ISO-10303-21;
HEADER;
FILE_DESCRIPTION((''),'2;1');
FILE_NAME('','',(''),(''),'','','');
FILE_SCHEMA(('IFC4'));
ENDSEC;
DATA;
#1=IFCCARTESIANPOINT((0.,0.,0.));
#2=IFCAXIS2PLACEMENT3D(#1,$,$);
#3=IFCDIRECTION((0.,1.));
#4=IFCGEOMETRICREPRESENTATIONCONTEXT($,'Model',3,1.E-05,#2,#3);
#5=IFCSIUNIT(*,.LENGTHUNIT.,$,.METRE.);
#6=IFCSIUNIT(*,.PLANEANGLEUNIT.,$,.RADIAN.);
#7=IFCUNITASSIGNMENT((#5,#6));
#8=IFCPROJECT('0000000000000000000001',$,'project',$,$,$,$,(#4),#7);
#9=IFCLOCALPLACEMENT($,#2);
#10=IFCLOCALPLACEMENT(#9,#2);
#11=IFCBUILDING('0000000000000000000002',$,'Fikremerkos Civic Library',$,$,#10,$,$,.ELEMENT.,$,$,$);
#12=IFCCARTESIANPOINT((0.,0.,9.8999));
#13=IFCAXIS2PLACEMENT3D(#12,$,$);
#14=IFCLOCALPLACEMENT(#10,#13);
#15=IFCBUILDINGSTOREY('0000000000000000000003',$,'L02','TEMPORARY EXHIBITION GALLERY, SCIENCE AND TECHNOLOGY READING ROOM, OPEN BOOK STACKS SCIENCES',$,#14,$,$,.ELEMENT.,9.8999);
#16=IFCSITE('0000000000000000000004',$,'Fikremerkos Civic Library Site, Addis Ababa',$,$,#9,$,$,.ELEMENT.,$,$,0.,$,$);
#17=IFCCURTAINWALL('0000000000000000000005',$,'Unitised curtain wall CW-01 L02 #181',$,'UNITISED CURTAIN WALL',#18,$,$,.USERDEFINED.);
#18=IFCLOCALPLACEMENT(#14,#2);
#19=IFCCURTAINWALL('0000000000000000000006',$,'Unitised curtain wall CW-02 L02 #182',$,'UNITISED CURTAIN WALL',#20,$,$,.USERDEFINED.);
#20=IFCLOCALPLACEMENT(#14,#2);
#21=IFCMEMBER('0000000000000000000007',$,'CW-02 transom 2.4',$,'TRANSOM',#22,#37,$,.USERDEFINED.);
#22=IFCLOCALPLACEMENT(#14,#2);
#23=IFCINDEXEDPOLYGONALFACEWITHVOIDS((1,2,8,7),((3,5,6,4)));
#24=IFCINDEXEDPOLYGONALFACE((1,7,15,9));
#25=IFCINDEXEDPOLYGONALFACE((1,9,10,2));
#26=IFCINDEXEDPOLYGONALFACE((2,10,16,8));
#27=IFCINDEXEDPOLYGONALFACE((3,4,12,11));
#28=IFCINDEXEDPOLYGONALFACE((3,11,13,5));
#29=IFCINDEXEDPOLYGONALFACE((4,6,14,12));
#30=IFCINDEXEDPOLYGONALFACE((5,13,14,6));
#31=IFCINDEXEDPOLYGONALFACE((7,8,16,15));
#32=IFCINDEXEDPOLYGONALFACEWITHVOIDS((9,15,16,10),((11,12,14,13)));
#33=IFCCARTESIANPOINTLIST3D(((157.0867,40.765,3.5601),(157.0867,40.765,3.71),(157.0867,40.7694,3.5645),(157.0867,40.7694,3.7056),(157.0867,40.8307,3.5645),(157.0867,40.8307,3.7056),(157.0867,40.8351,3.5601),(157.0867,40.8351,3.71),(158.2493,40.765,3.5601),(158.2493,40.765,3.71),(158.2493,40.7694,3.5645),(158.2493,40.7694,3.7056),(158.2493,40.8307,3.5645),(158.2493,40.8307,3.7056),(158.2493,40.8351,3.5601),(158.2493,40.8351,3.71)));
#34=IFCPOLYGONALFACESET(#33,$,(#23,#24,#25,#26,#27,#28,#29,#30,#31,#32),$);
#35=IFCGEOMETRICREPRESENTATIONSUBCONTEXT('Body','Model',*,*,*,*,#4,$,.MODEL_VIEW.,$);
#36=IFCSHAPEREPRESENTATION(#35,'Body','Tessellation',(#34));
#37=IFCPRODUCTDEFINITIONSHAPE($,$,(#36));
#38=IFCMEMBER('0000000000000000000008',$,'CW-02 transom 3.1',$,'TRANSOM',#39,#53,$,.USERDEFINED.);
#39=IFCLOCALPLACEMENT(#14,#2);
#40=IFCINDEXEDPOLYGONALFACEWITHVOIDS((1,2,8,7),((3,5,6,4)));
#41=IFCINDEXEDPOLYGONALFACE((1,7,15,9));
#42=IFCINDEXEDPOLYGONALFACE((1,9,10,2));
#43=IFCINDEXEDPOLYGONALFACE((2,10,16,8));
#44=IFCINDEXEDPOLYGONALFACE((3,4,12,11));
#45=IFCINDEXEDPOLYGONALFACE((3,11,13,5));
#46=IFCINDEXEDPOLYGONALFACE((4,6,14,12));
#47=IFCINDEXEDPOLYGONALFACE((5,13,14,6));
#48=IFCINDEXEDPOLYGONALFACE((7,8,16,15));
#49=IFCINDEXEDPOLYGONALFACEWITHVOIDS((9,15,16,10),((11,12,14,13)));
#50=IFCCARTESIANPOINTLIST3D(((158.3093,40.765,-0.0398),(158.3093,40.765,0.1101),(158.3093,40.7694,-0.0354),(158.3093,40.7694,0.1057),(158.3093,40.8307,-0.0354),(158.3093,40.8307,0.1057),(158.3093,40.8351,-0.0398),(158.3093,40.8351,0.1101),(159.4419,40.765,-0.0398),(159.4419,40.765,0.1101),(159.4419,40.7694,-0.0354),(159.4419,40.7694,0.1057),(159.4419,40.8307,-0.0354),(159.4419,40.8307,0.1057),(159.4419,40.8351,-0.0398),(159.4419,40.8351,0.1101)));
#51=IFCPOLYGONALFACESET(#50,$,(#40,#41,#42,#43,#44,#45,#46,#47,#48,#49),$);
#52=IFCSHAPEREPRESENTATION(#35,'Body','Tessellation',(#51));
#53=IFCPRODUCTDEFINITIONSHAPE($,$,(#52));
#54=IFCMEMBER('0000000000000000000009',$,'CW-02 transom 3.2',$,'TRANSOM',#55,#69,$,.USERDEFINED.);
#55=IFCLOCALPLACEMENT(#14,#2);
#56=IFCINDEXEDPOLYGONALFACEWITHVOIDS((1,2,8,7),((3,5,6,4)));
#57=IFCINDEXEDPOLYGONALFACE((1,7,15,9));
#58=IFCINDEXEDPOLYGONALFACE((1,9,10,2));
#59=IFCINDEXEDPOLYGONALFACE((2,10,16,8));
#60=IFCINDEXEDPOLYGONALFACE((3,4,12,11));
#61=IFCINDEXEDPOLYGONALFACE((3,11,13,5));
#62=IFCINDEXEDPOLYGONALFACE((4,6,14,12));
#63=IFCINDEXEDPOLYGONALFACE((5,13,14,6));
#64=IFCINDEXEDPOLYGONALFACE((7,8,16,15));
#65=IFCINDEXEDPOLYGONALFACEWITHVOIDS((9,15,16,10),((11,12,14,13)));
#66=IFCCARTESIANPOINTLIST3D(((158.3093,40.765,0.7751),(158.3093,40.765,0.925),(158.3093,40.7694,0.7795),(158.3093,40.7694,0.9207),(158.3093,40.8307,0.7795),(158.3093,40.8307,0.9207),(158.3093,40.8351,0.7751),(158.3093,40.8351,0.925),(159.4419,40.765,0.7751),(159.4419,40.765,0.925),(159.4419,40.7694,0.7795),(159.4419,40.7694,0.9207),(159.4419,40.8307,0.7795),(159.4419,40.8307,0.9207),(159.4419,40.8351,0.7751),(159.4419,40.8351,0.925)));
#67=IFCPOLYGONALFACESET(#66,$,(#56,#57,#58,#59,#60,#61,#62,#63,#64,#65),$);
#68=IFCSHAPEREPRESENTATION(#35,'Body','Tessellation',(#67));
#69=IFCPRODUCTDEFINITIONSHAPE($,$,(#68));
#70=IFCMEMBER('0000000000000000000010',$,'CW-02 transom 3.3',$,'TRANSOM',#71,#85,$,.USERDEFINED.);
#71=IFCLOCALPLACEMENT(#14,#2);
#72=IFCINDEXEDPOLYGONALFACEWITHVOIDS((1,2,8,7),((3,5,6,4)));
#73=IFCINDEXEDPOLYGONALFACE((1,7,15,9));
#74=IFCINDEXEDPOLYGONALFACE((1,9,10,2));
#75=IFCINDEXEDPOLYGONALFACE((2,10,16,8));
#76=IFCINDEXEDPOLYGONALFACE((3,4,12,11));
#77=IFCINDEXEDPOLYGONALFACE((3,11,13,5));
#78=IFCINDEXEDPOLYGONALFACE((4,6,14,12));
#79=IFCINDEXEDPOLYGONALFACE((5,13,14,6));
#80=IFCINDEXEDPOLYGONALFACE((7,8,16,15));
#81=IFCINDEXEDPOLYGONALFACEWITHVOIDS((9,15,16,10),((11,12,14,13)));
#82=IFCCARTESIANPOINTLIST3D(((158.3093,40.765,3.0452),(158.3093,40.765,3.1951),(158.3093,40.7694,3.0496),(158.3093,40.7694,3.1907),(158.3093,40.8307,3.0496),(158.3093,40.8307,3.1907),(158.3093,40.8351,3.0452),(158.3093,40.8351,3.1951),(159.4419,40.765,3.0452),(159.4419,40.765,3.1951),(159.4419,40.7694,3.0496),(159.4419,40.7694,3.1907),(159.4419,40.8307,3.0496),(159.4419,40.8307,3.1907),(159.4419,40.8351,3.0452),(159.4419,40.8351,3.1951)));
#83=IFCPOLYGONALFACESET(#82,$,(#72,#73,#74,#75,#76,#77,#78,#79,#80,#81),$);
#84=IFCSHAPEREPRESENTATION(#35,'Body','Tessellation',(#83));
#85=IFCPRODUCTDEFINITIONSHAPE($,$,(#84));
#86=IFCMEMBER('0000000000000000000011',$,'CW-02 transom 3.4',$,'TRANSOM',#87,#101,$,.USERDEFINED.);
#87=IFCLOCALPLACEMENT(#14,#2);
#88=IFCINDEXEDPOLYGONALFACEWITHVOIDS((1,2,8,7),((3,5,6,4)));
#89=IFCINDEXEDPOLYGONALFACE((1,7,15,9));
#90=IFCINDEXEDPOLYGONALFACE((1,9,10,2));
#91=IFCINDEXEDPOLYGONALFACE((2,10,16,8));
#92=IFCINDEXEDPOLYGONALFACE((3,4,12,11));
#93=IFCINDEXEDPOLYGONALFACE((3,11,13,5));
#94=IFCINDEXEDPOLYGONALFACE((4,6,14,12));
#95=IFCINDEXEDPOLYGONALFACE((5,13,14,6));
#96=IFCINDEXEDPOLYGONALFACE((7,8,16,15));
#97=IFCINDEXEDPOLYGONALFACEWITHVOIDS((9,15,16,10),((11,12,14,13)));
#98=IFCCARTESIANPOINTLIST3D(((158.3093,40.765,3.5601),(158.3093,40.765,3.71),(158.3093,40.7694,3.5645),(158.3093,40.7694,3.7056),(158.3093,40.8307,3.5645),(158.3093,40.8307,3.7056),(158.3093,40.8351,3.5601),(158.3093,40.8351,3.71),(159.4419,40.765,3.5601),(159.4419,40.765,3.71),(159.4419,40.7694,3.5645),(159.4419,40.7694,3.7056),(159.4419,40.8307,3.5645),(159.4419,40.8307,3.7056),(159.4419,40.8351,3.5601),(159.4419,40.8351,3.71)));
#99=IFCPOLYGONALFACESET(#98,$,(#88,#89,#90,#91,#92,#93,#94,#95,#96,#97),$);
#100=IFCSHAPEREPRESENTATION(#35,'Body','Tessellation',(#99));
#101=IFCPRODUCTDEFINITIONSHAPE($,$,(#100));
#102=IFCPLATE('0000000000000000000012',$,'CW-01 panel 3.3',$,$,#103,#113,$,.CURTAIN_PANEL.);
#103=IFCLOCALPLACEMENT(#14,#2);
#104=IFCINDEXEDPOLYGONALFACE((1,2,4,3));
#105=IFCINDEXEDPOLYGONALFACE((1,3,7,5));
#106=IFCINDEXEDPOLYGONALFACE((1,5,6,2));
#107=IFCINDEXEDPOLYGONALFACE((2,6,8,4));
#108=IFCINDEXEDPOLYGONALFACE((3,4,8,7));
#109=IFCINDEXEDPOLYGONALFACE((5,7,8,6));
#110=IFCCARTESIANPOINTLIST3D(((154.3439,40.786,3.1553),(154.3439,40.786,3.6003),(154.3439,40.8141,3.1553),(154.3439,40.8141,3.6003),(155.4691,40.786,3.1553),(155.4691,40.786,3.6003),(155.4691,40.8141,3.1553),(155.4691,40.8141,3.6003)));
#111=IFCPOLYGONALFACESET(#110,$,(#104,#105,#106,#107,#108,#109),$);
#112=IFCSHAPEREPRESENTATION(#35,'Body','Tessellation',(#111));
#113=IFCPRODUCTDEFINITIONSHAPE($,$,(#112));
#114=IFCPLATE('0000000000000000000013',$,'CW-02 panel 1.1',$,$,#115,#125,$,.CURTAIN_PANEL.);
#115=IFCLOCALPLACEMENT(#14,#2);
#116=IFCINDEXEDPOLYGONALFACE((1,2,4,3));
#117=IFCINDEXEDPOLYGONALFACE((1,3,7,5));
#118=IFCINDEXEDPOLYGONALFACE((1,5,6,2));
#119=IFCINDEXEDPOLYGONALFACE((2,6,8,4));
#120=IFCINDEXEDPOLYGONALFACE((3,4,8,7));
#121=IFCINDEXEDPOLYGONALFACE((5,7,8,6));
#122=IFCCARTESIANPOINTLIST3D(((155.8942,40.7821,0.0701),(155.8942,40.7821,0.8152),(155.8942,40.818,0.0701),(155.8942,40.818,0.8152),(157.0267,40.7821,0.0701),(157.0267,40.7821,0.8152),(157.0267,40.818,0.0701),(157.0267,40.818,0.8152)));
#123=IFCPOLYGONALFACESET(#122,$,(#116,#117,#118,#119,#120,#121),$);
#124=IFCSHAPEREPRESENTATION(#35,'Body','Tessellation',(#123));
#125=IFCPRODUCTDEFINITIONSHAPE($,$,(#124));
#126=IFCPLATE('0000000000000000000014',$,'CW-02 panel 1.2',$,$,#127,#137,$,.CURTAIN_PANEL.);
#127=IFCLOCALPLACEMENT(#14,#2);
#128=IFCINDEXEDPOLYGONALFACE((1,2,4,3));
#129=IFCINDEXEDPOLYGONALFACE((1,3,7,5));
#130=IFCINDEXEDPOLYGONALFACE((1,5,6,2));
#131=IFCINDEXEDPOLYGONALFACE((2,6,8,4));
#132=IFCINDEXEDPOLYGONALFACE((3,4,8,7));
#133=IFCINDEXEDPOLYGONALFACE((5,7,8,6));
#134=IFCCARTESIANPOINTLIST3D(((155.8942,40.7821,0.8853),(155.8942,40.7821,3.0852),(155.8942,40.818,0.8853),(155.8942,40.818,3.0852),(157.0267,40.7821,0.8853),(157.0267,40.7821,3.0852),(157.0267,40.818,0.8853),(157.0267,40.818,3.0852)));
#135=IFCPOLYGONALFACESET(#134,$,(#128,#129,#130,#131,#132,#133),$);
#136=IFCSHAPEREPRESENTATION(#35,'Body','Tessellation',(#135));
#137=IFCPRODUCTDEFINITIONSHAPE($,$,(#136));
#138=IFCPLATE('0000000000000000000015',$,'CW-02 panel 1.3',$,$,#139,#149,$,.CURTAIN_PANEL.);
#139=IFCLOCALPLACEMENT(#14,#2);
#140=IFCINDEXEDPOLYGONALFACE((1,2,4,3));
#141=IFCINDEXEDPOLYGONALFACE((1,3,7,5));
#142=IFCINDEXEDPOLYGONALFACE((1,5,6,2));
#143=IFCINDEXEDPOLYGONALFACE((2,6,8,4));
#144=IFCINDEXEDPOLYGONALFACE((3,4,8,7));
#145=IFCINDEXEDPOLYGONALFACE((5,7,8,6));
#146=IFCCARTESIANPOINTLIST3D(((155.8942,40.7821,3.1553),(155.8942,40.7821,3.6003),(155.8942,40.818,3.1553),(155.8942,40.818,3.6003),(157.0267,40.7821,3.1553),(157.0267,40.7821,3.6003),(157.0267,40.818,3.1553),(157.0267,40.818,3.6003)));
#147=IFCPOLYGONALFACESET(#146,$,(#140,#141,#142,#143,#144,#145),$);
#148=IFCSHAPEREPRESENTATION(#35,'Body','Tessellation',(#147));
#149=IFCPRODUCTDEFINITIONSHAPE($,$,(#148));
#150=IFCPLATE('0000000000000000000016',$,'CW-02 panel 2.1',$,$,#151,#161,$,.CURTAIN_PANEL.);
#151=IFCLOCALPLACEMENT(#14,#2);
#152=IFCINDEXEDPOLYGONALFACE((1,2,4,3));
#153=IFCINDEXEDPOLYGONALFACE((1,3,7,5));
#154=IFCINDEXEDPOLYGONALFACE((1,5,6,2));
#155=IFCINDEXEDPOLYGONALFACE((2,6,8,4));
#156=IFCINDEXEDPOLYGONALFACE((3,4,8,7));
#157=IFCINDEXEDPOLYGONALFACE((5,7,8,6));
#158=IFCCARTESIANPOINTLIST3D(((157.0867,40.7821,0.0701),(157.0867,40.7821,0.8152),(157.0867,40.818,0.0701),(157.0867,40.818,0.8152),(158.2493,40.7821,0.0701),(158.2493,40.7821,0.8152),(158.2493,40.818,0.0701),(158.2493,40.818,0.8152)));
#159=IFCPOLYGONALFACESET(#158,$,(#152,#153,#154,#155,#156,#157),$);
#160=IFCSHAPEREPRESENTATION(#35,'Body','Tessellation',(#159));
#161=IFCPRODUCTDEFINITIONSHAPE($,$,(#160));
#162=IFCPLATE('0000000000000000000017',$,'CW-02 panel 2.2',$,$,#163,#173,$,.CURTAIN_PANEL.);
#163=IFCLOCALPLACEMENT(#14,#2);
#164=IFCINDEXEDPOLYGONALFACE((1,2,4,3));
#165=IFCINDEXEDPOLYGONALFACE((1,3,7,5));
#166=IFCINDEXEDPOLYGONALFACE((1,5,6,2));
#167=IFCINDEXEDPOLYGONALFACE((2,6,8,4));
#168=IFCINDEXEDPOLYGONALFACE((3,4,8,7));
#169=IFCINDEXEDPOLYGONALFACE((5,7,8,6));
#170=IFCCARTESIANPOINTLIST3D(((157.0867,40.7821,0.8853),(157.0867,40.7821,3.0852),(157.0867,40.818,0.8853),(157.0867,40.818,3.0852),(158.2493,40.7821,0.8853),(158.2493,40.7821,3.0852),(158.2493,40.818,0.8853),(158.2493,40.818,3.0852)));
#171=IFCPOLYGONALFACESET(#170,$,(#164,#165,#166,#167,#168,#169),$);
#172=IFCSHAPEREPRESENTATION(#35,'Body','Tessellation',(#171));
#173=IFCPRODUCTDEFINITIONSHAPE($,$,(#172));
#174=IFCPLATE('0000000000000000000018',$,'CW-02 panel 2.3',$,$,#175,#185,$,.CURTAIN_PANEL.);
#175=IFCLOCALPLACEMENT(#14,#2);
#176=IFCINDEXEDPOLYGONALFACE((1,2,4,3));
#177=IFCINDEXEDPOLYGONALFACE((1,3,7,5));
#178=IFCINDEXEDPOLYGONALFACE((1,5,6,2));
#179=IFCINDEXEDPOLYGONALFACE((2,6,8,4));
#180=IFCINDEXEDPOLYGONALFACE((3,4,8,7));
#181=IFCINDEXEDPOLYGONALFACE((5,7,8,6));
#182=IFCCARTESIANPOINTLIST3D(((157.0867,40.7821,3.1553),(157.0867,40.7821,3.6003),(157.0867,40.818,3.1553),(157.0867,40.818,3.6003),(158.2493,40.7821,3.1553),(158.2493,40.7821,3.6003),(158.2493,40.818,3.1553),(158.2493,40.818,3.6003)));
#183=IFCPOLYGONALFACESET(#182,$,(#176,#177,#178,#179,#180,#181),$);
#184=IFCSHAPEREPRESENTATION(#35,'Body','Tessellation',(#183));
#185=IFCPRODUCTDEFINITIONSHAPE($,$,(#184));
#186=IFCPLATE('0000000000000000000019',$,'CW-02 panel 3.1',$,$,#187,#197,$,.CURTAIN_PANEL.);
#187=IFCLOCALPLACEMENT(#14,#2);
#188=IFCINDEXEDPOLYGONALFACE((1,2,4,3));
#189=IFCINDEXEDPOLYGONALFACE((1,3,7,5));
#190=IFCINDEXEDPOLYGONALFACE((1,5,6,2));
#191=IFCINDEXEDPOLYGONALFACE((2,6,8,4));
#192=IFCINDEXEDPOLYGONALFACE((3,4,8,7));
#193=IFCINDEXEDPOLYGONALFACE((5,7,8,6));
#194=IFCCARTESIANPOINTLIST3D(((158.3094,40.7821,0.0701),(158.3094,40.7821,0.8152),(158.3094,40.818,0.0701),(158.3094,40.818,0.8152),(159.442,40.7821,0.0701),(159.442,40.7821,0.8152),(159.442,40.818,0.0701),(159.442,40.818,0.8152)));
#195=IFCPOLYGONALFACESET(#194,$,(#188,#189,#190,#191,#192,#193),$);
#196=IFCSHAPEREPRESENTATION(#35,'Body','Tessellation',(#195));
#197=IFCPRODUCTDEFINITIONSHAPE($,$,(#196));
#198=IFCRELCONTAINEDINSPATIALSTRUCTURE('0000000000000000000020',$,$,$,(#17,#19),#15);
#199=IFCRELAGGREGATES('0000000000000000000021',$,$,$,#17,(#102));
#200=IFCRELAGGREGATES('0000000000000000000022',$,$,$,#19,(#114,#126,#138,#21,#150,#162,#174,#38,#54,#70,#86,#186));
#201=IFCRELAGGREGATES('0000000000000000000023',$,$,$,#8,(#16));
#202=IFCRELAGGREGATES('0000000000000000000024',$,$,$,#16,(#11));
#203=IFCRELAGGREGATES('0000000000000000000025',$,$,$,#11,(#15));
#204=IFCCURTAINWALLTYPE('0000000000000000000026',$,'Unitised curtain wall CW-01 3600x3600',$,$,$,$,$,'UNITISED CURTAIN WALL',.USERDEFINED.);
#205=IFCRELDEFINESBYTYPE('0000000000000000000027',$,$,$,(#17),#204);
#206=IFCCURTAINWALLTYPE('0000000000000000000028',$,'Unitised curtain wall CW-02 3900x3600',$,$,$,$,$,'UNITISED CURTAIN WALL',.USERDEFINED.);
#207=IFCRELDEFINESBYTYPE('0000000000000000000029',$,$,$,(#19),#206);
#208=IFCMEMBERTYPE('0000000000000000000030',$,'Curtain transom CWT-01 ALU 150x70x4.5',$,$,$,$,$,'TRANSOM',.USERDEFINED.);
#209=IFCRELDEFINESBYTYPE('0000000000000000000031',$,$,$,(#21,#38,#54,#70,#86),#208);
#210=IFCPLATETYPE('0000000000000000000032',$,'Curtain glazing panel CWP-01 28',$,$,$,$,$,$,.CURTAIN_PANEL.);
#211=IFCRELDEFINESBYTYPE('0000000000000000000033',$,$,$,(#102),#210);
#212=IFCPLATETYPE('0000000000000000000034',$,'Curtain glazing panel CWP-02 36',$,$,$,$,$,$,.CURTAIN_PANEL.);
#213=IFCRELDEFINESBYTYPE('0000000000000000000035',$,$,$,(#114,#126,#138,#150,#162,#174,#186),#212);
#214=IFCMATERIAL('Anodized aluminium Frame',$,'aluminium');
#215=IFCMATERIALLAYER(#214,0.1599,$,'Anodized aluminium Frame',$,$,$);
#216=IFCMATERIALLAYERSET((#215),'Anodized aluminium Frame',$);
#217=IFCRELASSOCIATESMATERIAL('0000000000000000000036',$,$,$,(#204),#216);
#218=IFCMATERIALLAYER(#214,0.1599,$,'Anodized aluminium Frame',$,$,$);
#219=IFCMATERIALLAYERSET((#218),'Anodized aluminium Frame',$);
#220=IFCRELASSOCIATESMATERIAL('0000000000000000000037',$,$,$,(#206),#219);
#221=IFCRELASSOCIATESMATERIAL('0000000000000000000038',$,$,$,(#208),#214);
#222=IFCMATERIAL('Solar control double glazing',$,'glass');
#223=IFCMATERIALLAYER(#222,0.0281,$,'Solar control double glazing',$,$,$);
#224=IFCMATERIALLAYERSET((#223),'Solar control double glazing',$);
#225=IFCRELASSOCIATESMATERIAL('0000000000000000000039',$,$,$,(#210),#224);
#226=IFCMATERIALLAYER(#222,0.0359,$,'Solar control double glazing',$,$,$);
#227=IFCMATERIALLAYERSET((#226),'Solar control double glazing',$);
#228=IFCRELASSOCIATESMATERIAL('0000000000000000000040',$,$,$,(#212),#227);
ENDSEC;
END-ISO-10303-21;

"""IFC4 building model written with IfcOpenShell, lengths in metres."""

from ifc_helpers import new_model, si_unit, direction, frame, origin, origin_2d, place, context, subcontext, project, spatial, rectangle, hollow_rectangle, extrude, material, layer, layer_set, material_profile, profile_set, type_object, element, aggregate, save


model = new_model("IFC4")

# Units and contexts
model_context = context("Model", 3, precision=1e-05, world=origin(), true_north=direction((0.0, 1.0)))
body_context = subcontext(model_context, "Body", "Model", "MODEL_VIEW")
ifc_project = project(units=[si_unit("LENGTHUNIT", "METRE"), si_unit("PLANEANGLEUNIT", "RADIAN")], contexts=[model_context])

# Site, building, storey
site_placement = place(None, origin())
site = spatial("IfcSite", under=ifc_project, at=site_placement, Name="Fikremerkos Civic Library Site, Addis Ababa", CompositionType="ELEMENT", RefElevation=0.0)
building_placement = place(site_placement, origin())
building = spatial("IfcBuilding", under=site, at=building_placement, Name="Fikremerkos Civic Library", CompositionType="ELEMENT")
storey_placement = place(building_placement, frame((0.0, 0.0, 9.8999)))
storey = spatial("IfcBuildingStorey", under=building, at=storey_placement, Name="L02", Description="TEMPORARY EXHIBITION GALLERY, SCIENCE AND TECHNOLOGY READING ROOM, OPEN BOOK STACKS SCIENCES", CompositionType="ELEMENT", Elevation=9.8999)

# Curtain wall
ifc_material_1 = material(Name="Anodized aluminium Frame", Category="aluminium")
ifc_layer_1 = layer(ifc_material_1, 0.1599, Name="Anodized aluminium Frame")
ifc_layer_set_1 = layer_set([ifc_layer_1], Name="Anodized aluminium Frame")
curtain_wall_type_1 = type_object("IfcCurtainWallType", Name="Unitised curtain wall CW-01 3600x3600", ElementType="UNITISED CURTAIN WALL", PredefinedType="USERDEFINED", material=ifc_layer_set_1)
curtain_wall_1_placement = place(storey_placement, origin())
curtain_wall_1 = element("IfcCurtainWall", 1, at=curtain_wall_1_placement, inside=storey, type_object=curtain_wall_type_1, Name="Unitised curtain wall CW-01 L02 #181", ObjectType="UNITISED CURTAIN WALL", PredefinedType="USERDEFINED")

# Curtain wall, members
ifc_layer_2 = layer(ifc_material_1, 0.1599, Name="Anodized aluminium Frame")
ifc_layer_set_2 = layer_set([ifc_layer_2], Name="Anodized aluminium Frame")
curtain_wall_type_2 = type_object("IfcCurtainWallType", Name="Unitised curtain wall CW-02 3900x3600", ElementType="UNITISED CURTAIN WALL", PredefinedType="USERDEFINED", material=ifc_layer_set_2)
curtain_wall_2_placement = place(storey_placement, origin())
curtain_wall_2 = element("IfcCurtainWall", 2, at=curtain_wall_2_placement, inside=storey, type_object=curtain_wall_type_2, Name="Unitised curtain wall CW-02 L02 #182", ObjectType="UNITISED CURTAIN WALL", PredefinedType="USERDEFINED")
ifc_material_profile_1 = material_profile(ifc_material_1, hollow_rectangle(XDim=0.0701, YDim=0.1499, WallThickness=0.0044, at=origin_2d()), Name="ALU 150x70x4.5")
ifc_profile_set_1 = profile_set([ifc_material_profile_1], Name="Anodized aluminium Frame")
member_type_1 = type_object("IfcMemberType", Name="Curtain transom CWT-01 ALU 150x70x4.5", ElementType="TRANSOM", PredefinedType="USERDEFINED", material=ifc_profile_set_1)
member_1_placement = place(storey_placement, frame((157.0867, 40.8, 3.635), z_axis=(1.0, 0.0, 0.0), x_axis=(0.0, 1.0, 0.0)))
member_1 = element("IfcMember", 3, at=member_1_placement, type_object=member_type_1, Name="CW-02 transom 2.4", ObjectType="TRANSOM", PredefinedType="USERDEFINED", context=body_context, shape_type="SweptSolid", body=[
    extrude(hollow_rectangle(XDim=0.0701, YDim=0.1499, WallThickness=0.0044, at=origin_2d()), origin(), (0.0, 0.0, 1.0), 1.1626),
])
member_2_placement = place(storey_placement, frame((158.3093, 40.8, 0.0352), z_axis=(1.0, 0.0, 0.0), x_axis=(0.0, 1.0, 0.0)))
member_2 = element("IfcMember", 4, at=member_2_placement, type_object=member_type_1, Name="CW-02 transom 3.1", ObjectType="TRANSOM", PredefinedType="USERDEFINED", context=body_context, shape_type="SweptSolid", body=[
    extrude(hollow_rectangle(XDim=0.0701, YDim=0.1499, WallThickness=0.0044, at=origin_2d()), origin(), (0.0, 0.0, 1.0), 1.1326),
])
member_3_placement = place(storey_placement, frame((158.3093, 40.8, 0.8501), z_axis=(1.0, 0.0, 0.0), x_axis=(0.0, 1.0, 0.0)))
member_3 = element("IfcMember", 5, at=member_3_placement, type_object=member_type_1, Name="CW-02 transom 3.2", ObjectType="TRANSOM", PredefinedType="USERDEFINED", context=body_context, shape_type="SweptSolid", body=[
    extrude(hollow_rectangle(XDim=0.0701, YDim=0.1499, WallThickness=0.0044, at=origin_2d()), origin(), (0.0, 0.0, 1.0), 1.1326),
])
member_4_placement = place(storey_placement, frame((158.3093, 40.8, 3.1201), z_axis=(1.0, 0.0, 0.0), x_axis=(0.0, 1.0, 0.0)))
member_4 = element("IfcMember", 6, at=member_4_placement, type_object=member_type_1, Name="CW-02 transom 3.3", ObjectType="TRANSOM", PredefinedType="USERDEFINED", context=body_context, shape_type="SweptSolid", body=[
    extrude(hollow_rectangle(XDim=0.0701, YDim=0.1499, WallThickness=0.0044, at=origin_2d()), origin(), (0.0, 0.0, 1.0), 1.1326),
])
member_5_placement = place(storey_placement, frame((158.3093, 40.8, 3.635), z_axis=(1.0, 0.0, 0.0), x_axis=(0.0, 1.0, 0.0)))
member_5 = element("IfcMember", 7, at=member_5_placement, type_object=member_type_1, Name="CW-02 transom 3.4", ObjectType="TRANSOM", PredefinedType="USERDEFINED", context=body_context, shape_type="SweptSolid", body=[
    extrude(hollow_rectangle(XDim=0.0701, YDim=0.1499, WallThickness=0.0044, at=origin_2d()), origin(), (0.0, 0.0, 1.0), 1.1326),
])

# Plates
ifc_material_2 = material(Name="Solar control double glazing", Category="glass")
ifc_layer_3 = layer(ifc_material_2, 0.0281, Name="Solar control double glazing")
ifc_layer_set_3 = layer_set([ifc_layer_3], Name="Solar control double glazing")
plate_type_1 = type_object("IfcPlateType", Name="Curtain glazing panel CWP-01 28", PredefinedType="CURTAIN_PANEL", material=ifc_layer_set_3)
plate_1_placement = place(storey_placement, frame((154.9065, 40.8, 3.1553), z_axis=(0.0, 0.0, 1.0), x_axis=(1.0, 0.0, 0.0)))
plate_1 = element("IfcPlate", 8, at=plate_1_placement, type_object=plate_type_1, Name="CW-01 panel 3.3", PredefinedType="CURTAIN_PANEL", context=body_context, shape_type="SweptSolid", body=[
    extrude(rectangle(XDim=1.1252, YDim=0.0281, at=origin_2d()), origin(), (0.0, 0.0, 1.0), 0.4451),
])
aggregate(curtain_wall_1, [plate_1])
ifc_layer_4 = layer(ifc_material_2, 0.0359, Name="Solar control double glazing")
ifc_layer_set_4 = layer_set([ifc_layer_4], Name="Solar control double glazing")
plate_type_2 = type_object("IfcPlateType", Name="Curtain glazing panel CWP-02 36", PredefinedType="CURTAIN_PANEL", material=ifc_layer_set_4)
plate_2_placement = place(storey_placement, frame((156.4604, 40.8, 0.0701), z_axis=(0.0, 0.0, 1.0), x_axis=(1.0, 0.0, 0.0)))
plate_2 = element("IfcPlate", 9, at=plate_2_placement, type_object=plate_type_2, Name="CW-02 panel 1.1", PredefinedType="CURTAIN_PANEL", context=body_context, shape_type="SweptSolid", body=[
    extrude(rectangle(XDim=1.1326, YDim=0.0359, at=origin_2d()), origin(), (0.0, 0.0, 1.0), 0.7451),
])
plate_3_placement = place(storey_placement, frame((156.4604, 40.8, 0.8853), z_axis=(0.0, 0.0, 1.0), x_axis=(1.0, 0.0, 0.0)))
plate_3 = element("IfcPlate", 10, at=plate_3_placement, type_object=plate_type_2, Name="CW-02 panel 1.2", PredefinedType="CURTAIN_PANEL", context=body_context, shape_type="SweptSolid", body=[
    extrude(rectangle(XDim=1.1326, YDim=0.0359, at=origin_2d()), origin(), (0.0, 0.0, 1.0), 2.2),
])
plate_4_placement = place(storey_placement, frame((156.4604, 40.8, 3.1553), z_axis=(0.0, 0.0, 1.0), x_axis=(1.0, 0.0, 0.0)))
plate_4 = element("IfcPlate", 11, at=plate_4_placement, type_object=plate_type_2, Name="CW-02 panel 1.3", PredefinedType="CURTAIN_PANEL", context=body_context, shape_type="SweptSolid", body=[
    extrude(rectangle(XDim=1.1326, YDim=0.0359, at=origin_2d()), origin(), (0.0, 0.0, 1.0), 0.4451),
])
plate_5_placement = place(storey_placement, frame((157.668, 40.8, 0.0701), z_axis=(0.0, 0.0, 1.0), x_axis=(1.0, 0.0, 0.0)))
plate_5 = element("IfcPlate", 12, at=plate_5_placement, type_object=plate_type_2, Name="CW-02 panel 2.1", PredefinedType="CURTAIN_PANEL", context=body_context, shape_type="SweptSolid", body=[
    extrude(rectangle(XDim=1.1626, YDim=0.0359, at=origin_2d()), origin(), (0.0, 0.0, 1.0), 0.7451),
])
plate_6_placement = place(storey_placement, frame((157.668, 40.8, 0.8853), z_axis=(0.0, 0.0, 1.0), x_axis=(1.0, 0.0, 0.0)))
plate_6 = element("IfcPlate", 13, at=plate_6_placement, type_object=plate_type_2, Name="CW-02 panel 2.2", PredefinedType="CURTAIN_PANEL", context=body_context, shape_type="SweptSolid", body=[
    extrude(rectangle(XDim=1.1626, YDim=0.0359, at=origin_2d()), origin(), (0.0, 0.0, 1.0), 2.2),
])
plate_7_placement = place(storey_placement, frame((157.668, 40.8, 3.1553), z_axis=(0.0, 0.0, 1.0), x_axis=(1.0, 0.0, 0.0)))
plate_7 = element("IfcPlate", 14, at=plate_7_placement, type_object=plate_type_2, Name="CW-02 panel 2.3", PredefinedType="CURTAIN_PANEL", context=body_context, shape_type="SweptSolid", body=[
    extrude(rectangle(XDim=1.1626, YDim=0.0359, at=origin_2d()), origin(), (0.0, 0.0, 1.0), 0.4451),
])
plate_8_placement = place(storey_placement, frame((158.8757, 40.8, 0.0701), z_axis=(0.0, 0.0, 1.0), x_axis=(1.0, 0.0, 0.0)))
plate_8 = element("IfcPlate", 15, at=plate_8_placement, type_object=plate_type_2, Name="CW-02 panel 3.1", PredefinedType="CURTAIN_PANEL", context=body_context, shape_type="SweptSolid", body=[
    extrude(rectangle(XDim=1.1326, YDim=0.0359, at=origin_2d()), origin(), (0.0, 0.0, 1.0), 0.7451),
])
aggregate(curtain_wall_2, [plate_2, plate_3, plate_4, member_1, plate_5, plate_6, plate_7, member_2, member_3, member_4, member_5, plate_8])

save(model, "model.ifc")
